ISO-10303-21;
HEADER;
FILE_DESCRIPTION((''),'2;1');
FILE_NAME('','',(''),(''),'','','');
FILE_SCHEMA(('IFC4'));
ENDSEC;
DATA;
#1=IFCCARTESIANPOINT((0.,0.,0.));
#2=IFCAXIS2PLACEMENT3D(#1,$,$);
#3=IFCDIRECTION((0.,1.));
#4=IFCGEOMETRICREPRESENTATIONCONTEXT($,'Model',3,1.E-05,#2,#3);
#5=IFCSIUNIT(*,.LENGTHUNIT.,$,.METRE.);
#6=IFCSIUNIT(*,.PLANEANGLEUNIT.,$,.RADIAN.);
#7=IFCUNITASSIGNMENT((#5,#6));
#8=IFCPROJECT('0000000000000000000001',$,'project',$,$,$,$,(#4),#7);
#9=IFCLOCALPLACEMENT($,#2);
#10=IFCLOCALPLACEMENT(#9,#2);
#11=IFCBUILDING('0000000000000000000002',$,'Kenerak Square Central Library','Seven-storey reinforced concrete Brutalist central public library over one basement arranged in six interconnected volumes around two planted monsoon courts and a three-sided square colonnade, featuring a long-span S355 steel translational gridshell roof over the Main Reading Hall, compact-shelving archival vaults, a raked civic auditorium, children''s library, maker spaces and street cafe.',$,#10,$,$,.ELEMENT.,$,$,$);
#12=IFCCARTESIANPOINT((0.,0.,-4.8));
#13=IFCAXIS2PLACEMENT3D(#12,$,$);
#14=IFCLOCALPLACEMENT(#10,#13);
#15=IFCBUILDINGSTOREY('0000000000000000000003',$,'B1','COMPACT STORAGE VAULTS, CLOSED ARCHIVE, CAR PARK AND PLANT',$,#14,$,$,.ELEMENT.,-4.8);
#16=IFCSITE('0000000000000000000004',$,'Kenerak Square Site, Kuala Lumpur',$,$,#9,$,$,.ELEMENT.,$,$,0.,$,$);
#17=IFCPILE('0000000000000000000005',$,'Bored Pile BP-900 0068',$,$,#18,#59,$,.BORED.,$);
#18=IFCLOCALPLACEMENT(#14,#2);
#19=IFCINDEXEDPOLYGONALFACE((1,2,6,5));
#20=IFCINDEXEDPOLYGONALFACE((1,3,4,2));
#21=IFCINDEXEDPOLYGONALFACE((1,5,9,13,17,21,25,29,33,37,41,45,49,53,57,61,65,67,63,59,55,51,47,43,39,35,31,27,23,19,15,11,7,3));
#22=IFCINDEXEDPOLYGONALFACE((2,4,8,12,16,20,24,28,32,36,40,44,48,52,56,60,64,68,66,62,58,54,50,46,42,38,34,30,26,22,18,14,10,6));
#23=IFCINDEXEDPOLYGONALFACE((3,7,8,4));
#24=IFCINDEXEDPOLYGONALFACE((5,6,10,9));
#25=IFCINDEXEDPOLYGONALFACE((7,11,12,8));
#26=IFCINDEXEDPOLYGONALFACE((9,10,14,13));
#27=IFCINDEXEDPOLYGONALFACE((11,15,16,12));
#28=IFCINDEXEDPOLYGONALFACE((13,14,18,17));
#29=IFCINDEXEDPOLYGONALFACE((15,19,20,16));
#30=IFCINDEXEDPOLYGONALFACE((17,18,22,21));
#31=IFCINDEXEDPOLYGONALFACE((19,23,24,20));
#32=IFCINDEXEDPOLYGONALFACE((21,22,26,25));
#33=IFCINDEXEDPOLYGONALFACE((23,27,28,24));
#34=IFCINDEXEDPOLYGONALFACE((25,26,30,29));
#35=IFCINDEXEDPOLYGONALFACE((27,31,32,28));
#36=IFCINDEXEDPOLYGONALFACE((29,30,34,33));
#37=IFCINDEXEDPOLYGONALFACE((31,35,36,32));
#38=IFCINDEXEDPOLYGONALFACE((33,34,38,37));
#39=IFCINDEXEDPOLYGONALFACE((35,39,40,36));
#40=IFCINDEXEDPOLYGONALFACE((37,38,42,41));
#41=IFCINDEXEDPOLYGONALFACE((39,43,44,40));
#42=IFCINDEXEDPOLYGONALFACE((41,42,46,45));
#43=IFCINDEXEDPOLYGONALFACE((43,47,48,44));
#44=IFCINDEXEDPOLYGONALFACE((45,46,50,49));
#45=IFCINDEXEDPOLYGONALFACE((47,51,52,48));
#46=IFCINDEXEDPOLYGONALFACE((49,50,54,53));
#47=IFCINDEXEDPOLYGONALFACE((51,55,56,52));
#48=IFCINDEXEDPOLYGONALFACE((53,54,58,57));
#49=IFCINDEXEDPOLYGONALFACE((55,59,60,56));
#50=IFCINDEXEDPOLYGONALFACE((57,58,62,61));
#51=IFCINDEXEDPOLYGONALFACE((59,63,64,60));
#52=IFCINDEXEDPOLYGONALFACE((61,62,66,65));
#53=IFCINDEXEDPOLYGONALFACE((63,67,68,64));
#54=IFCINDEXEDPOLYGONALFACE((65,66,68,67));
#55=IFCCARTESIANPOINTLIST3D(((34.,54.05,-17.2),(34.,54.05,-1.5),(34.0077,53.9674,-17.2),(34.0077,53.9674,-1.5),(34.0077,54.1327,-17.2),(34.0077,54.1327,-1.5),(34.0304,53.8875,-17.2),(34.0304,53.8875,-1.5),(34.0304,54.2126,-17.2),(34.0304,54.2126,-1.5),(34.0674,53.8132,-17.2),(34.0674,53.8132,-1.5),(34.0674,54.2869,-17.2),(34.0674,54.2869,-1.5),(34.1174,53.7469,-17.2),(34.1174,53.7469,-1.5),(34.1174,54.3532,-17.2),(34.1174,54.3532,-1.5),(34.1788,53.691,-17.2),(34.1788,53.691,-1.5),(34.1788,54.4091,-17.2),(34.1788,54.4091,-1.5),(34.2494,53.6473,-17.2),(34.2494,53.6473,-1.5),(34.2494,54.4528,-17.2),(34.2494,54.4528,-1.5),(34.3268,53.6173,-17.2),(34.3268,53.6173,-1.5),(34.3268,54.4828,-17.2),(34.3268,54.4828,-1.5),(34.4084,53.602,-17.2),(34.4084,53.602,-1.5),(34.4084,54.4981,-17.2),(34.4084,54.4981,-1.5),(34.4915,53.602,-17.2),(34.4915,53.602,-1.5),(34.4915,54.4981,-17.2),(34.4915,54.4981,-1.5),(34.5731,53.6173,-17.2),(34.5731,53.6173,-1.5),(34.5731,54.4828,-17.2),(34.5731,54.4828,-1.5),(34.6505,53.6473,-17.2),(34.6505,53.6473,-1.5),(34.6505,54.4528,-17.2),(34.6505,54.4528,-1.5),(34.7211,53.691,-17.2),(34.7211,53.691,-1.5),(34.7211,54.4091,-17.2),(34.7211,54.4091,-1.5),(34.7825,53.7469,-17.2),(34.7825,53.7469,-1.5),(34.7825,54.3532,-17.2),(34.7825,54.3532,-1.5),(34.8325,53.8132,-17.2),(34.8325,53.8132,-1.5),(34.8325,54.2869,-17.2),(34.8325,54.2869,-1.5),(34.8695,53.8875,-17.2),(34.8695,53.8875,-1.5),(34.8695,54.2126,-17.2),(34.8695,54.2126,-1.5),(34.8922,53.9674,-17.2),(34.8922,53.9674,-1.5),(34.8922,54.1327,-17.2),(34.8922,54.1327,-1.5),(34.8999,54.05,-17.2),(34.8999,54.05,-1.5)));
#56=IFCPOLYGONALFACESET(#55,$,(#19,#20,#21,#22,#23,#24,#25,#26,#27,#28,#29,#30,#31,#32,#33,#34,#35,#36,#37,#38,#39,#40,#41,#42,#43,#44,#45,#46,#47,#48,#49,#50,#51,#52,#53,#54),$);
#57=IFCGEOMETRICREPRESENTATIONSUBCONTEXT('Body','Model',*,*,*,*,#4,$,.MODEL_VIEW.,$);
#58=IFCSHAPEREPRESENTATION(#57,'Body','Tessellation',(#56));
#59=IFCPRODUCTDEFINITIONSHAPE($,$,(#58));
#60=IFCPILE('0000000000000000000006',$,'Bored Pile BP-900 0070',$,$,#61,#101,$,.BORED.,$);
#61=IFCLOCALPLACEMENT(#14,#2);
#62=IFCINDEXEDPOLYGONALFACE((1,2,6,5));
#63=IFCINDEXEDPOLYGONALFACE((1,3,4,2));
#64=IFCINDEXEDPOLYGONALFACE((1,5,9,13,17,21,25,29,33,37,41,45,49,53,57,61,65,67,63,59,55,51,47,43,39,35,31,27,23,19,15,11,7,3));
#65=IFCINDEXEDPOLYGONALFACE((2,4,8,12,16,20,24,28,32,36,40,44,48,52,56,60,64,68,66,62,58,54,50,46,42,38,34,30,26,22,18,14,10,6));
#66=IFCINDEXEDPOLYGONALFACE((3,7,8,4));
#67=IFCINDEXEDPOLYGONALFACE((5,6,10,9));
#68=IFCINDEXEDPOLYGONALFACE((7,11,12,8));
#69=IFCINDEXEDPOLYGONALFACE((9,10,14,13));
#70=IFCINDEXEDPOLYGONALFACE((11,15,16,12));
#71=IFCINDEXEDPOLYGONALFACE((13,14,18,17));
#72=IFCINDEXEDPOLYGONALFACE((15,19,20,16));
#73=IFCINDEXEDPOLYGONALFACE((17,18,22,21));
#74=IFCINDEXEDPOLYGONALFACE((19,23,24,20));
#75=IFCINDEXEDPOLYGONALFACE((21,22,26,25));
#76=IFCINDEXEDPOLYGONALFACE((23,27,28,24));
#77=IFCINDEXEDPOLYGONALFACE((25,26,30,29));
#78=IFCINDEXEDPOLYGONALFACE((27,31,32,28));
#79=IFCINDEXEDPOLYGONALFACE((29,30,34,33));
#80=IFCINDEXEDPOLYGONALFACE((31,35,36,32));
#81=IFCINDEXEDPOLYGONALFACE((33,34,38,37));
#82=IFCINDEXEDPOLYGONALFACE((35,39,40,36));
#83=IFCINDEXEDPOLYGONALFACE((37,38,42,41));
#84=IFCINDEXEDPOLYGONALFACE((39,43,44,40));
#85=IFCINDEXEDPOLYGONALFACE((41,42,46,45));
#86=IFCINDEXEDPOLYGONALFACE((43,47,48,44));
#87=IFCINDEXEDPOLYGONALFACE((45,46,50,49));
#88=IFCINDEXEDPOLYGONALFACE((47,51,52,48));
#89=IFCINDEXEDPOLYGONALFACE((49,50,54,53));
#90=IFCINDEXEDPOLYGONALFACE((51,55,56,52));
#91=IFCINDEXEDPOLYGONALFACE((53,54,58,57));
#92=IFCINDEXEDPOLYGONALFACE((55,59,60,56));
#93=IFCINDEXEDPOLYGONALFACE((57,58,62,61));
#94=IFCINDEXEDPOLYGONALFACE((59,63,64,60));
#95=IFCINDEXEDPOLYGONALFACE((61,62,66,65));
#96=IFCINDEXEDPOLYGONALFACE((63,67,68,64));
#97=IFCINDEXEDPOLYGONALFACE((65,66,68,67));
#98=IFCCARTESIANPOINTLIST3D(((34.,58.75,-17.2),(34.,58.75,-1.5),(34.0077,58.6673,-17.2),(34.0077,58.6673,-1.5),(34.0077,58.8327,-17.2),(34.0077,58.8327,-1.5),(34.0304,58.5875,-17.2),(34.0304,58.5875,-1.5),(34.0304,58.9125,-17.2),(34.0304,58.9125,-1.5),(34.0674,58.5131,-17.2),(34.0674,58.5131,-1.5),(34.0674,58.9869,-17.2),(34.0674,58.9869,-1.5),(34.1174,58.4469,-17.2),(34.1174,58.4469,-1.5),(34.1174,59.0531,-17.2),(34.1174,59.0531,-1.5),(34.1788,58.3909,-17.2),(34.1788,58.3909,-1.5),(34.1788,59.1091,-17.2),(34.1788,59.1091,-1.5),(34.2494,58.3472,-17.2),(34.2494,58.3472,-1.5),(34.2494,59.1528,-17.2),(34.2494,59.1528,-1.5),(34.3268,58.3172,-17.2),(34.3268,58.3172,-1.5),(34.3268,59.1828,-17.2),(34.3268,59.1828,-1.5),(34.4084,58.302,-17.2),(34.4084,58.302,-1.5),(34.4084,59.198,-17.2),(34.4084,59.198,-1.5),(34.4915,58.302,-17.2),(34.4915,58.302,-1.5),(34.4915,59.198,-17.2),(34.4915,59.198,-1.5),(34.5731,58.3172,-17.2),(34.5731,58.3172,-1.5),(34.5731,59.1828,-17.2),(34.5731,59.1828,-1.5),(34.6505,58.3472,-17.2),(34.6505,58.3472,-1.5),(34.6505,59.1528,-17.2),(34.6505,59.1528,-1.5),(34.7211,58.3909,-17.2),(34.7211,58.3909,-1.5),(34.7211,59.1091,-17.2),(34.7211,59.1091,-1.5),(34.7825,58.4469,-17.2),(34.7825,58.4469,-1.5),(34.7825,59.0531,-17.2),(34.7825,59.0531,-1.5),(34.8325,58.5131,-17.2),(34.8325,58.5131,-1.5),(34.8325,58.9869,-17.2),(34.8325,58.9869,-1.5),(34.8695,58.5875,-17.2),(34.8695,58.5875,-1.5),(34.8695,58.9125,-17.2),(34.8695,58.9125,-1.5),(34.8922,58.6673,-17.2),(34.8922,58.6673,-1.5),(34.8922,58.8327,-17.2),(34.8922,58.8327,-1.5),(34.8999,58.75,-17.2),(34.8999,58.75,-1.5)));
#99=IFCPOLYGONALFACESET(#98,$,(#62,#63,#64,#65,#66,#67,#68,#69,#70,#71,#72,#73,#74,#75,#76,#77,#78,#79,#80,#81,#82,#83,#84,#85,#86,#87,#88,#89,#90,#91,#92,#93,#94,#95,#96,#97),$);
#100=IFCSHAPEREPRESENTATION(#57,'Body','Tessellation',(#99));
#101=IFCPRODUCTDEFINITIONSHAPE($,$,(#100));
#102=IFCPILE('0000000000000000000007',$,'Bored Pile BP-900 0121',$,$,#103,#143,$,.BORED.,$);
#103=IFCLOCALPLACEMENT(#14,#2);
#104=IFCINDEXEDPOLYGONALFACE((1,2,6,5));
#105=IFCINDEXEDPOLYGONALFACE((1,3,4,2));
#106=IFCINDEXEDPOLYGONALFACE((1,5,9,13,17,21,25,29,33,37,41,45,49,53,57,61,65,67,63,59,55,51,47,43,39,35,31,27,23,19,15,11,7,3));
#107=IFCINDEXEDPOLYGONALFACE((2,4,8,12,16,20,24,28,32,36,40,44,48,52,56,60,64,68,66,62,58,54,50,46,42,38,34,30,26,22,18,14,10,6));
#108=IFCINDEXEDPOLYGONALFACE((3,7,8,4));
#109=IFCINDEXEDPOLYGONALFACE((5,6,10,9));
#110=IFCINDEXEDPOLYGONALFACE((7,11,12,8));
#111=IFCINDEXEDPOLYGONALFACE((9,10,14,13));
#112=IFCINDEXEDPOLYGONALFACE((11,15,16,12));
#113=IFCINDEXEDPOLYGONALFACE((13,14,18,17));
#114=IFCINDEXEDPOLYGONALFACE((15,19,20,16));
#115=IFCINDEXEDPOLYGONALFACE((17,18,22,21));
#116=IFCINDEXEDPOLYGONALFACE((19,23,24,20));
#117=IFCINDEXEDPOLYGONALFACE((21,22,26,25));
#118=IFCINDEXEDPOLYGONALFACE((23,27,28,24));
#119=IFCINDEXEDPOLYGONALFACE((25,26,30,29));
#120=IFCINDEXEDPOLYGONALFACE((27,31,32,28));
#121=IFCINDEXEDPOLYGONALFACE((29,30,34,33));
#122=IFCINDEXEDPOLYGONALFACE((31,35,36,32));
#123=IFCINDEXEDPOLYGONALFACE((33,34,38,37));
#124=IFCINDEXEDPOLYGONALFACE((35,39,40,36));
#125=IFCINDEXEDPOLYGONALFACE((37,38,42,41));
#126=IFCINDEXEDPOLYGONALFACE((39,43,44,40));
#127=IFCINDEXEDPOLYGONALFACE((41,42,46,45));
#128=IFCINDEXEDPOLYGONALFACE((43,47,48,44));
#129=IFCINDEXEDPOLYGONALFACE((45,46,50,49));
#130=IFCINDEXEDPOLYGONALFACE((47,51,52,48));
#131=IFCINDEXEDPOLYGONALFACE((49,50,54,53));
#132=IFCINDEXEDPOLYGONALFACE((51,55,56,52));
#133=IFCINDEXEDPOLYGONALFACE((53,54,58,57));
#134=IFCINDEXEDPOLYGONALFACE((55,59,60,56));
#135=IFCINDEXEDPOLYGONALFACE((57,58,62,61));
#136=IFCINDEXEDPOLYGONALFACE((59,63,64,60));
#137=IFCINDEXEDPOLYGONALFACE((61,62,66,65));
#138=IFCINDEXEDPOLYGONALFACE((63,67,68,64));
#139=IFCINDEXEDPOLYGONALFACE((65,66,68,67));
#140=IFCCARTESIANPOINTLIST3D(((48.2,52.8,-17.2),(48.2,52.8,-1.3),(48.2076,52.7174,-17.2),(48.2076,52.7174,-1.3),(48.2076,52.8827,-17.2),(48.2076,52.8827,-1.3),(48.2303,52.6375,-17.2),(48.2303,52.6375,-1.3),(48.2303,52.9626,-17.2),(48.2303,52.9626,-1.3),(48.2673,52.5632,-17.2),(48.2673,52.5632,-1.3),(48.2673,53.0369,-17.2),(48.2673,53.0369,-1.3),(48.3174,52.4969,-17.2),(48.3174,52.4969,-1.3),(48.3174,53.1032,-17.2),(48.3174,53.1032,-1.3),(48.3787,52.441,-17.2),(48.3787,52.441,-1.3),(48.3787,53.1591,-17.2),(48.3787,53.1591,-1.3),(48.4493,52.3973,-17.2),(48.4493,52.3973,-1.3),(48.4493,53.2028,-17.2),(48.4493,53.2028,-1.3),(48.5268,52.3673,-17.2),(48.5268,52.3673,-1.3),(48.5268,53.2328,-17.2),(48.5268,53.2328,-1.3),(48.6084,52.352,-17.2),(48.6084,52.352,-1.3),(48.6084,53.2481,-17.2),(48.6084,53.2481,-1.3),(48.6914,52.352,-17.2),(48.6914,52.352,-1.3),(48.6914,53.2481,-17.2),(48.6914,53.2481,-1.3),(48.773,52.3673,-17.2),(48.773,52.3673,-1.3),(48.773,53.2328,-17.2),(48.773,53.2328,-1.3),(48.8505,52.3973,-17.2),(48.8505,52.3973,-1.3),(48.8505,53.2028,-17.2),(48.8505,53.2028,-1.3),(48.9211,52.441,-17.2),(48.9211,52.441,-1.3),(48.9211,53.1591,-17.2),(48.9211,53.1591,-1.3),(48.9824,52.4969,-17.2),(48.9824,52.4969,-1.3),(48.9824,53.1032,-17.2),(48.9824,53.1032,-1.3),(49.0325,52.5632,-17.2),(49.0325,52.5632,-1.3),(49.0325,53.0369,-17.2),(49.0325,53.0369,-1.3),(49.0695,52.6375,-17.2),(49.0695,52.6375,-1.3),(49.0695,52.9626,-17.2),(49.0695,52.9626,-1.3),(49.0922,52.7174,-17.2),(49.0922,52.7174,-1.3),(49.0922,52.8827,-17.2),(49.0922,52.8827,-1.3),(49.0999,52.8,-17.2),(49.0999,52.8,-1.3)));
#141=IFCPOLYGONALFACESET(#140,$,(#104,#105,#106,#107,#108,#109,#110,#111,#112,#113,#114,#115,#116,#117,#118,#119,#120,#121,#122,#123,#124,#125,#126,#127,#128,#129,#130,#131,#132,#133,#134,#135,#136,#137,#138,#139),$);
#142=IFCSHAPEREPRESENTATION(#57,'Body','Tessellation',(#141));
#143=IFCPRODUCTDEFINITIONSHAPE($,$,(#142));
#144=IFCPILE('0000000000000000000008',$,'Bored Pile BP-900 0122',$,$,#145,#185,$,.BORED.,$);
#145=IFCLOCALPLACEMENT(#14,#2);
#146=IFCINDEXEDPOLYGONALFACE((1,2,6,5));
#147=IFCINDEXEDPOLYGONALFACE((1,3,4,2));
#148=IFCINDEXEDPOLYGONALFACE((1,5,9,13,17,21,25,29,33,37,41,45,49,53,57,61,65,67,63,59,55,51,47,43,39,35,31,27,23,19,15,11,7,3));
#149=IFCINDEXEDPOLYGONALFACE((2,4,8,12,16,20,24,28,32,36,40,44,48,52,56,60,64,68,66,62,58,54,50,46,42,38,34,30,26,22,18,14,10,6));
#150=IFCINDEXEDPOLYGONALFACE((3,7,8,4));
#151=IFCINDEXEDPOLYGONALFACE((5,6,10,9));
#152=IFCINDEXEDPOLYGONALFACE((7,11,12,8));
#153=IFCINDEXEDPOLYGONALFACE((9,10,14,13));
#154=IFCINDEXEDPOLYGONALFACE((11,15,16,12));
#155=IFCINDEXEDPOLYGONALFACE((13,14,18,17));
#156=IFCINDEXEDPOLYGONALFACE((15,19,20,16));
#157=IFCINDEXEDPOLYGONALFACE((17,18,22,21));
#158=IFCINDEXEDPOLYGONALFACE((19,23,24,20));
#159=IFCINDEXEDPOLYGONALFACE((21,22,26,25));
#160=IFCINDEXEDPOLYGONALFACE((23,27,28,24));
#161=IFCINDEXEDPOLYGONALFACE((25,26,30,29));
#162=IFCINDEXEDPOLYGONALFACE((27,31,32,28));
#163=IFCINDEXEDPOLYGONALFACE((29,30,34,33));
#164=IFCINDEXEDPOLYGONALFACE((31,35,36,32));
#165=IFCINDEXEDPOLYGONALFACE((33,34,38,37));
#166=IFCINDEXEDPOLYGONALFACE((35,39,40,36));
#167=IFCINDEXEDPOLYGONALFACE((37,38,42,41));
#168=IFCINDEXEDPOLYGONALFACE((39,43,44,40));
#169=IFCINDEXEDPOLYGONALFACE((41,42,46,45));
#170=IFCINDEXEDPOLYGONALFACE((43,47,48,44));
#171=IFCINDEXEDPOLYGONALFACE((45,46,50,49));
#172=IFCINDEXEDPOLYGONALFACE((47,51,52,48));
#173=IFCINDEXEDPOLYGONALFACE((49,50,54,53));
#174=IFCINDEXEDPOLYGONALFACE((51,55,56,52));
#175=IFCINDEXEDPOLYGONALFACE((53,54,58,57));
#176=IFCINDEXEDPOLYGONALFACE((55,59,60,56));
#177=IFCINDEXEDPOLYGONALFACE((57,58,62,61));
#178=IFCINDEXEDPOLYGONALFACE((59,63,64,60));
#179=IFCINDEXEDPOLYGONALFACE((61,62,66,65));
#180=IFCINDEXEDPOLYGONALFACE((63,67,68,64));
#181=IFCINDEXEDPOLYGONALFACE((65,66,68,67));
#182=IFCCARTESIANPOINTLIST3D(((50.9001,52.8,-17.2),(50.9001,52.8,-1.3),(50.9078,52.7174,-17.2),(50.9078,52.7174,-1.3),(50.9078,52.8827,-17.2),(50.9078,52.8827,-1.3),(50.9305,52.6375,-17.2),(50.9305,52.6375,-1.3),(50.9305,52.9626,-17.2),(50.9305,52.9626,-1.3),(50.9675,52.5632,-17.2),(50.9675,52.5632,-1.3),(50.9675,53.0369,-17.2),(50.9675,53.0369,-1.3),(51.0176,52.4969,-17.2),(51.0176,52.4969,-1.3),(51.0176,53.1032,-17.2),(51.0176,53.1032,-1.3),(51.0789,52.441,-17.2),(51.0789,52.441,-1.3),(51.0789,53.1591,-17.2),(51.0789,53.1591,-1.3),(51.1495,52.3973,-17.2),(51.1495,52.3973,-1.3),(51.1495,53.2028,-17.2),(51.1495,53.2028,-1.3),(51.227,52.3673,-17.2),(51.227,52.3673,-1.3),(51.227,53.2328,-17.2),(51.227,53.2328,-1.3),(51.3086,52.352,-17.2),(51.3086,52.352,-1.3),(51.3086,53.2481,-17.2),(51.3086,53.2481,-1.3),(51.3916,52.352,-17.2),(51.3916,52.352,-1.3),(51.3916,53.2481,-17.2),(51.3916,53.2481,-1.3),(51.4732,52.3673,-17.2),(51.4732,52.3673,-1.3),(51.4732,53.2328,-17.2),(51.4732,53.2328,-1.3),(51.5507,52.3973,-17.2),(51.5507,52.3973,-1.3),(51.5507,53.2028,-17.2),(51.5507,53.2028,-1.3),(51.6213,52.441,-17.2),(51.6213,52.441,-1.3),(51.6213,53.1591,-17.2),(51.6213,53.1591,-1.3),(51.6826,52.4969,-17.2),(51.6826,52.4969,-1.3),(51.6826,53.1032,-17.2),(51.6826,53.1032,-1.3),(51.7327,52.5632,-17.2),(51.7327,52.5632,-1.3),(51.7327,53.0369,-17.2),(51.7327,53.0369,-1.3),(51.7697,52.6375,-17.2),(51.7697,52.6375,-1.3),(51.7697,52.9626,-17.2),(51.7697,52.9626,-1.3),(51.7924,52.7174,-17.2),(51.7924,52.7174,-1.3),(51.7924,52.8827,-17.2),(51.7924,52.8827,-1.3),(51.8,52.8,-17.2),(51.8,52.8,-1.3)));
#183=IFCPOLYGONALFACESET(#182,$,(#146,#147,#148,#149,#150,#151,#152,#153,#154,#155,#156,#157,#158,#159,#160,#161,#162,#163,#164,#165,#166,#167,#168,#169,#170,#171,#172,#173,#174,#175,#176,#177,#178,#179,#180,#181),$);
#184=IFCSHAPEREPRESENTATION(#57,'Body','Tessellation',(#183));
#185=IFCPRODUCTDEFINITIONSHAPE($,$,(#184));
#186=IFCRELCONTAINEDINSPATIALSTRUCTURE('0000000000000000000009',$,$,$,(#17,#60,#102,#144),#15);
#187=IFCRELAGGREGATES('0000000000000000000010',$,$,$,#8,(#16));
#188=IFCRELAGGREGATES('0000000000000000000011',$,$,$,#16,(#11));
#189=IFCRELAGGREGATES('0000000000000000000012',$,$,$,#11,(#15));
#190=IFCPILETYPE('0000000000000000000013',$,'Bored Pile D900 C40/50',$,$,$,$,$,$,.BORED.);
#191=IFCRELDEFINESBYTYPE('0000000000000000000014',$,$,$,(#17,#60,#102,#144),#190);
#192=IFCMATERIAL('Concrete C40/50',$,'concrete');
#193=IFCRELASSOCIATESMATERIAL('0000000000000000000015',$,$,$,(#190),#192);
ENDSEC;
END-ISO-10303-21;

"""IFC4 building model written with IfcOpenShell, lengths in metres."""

from ifc_helpers import new_model, si_unit, direction, frame, origin, origin_2d, place, context, subcontext, project, spatial, circle, extrude, material, material_profile, profile_set, type_object, element, save


model = new_model("IFC4")

# Units and contexts
model_context = context("Model", 3, precision=1e-05, world=origin(), true_north=direction((0.0, 1.0)))
body_context = subcontext(model_context, "Body", "Model", "MODEL_VIEW")
ifc_project = project(units=[si_unit("LENGTHUNIT", "METRE"), si_unit("PLANEANGLEUNIT", "RADIAN")], contexts=[model_context])

# Site, building, storey
site_placement = place(None, origin())
site = spatial("IfcSite", under=ifc_project, at=site_placement, Name="Kenerak Square Site, Kuala Lumpur", CompositionType="ELEMENT", RefElevation=0.0)
building_placement = place(site_placement, origin())
building = spatial("IfcBuilding", under=site, at=building_placement, Name="Kenerak Square Central Library", Description="Seven-storey reinforced concrete Brutalist central public library over one basement arranged in six interconnected volumes around two planted monsoon courts and a three-sided square colonnade, featuring a long-span S355 steel translational gridshell roof over the Main Reading Hall, compact-shelving archival vaults, a raked civic auditorium, children's library, maker spaces and street cafe.", CompositionType="ELEMENT")
storey_placement = place(building_placement, frame((0.0, 0.0, -4.8)))
storey = spatial("IfcBuildingStorey", under=building, at=storey_placement, Name="B1", Description="COMPACT STORAGE VAULTS, CLOSED ARCHIVE, CAR PARK AND PLANT", CompositionType="ELEMENT", Elevation=-4.8)

# Piles
ifc_material_1 = material(Name="Concrete C40/50", Category="concrete")
ifc_material_profile_1 = material_profile(ifc_material_1, circle(Radius=0.45, at=origin_2d()), Name="BP D900")
ifc_profile_set_1 = profile_set([ifc_material_profile_1], Name="Concrete C40/50")
pile_type_1 = type_object("IfcPileType", Name="Bored Pile D900 C40/50", PredefinedType="BORED", material=ifc_profile_set_1)
for number, where, z_axis, x_axis, name in (
    (1, (34.45, 54.05, -1.5), (0.0, 0.0, -1.0), (1.0, 0.0, 0.0), "Bored Pile BP-900 0068"),
    (2, (34.45, 58.75, -1.5), (0.0, 0.0, -1.0), (1.0, 0.0, 0.0), "Bored Pile BP-900 0070"),
):
    element("IfcPile", number, at=place(storey_placement, frame(where, z_axis=z_axis, x_axis=x_axis)), inside=storey, type_object=pile_type_1, Name=name, PredefinedType="BORED", context=body_context, shape_type="SweptSolid", body=[
        extrude(circle(Radius=0.45, at=origin_2d()), origin(), (0.0, 0.0, 1.0), 15.7),
    ])
for number, where, z_axis, x_axis, name in (
    (3, (48.6499, 52.8, -1.3), (0.0, 0.0, -1.0), (1.0, 0.0, 0.0), "Bored Pile BP-900 0121"),
    (4, (51.3501, 52.8, -1.3), (0.0, 0.0, -1.0), (1.0, 0.0, 0.0), "Bored Pile BP-900 0122"),
):
    element("IfcPile", number, at=place(storey_placement, frame(where, z_axis=z_axis, x_axis=x_axis)), inside=storey, type_object=pile_type_1, Name=name, PredefinedType="BORED", context=body_context, shape_type="SweptSolid", body=[
        extrude(circle(Radius=0.45, at=origin_2d()), origin(), (0.0, 0.0, 1.0), 15.8999),
    ])

save(model, "model.ifc")
